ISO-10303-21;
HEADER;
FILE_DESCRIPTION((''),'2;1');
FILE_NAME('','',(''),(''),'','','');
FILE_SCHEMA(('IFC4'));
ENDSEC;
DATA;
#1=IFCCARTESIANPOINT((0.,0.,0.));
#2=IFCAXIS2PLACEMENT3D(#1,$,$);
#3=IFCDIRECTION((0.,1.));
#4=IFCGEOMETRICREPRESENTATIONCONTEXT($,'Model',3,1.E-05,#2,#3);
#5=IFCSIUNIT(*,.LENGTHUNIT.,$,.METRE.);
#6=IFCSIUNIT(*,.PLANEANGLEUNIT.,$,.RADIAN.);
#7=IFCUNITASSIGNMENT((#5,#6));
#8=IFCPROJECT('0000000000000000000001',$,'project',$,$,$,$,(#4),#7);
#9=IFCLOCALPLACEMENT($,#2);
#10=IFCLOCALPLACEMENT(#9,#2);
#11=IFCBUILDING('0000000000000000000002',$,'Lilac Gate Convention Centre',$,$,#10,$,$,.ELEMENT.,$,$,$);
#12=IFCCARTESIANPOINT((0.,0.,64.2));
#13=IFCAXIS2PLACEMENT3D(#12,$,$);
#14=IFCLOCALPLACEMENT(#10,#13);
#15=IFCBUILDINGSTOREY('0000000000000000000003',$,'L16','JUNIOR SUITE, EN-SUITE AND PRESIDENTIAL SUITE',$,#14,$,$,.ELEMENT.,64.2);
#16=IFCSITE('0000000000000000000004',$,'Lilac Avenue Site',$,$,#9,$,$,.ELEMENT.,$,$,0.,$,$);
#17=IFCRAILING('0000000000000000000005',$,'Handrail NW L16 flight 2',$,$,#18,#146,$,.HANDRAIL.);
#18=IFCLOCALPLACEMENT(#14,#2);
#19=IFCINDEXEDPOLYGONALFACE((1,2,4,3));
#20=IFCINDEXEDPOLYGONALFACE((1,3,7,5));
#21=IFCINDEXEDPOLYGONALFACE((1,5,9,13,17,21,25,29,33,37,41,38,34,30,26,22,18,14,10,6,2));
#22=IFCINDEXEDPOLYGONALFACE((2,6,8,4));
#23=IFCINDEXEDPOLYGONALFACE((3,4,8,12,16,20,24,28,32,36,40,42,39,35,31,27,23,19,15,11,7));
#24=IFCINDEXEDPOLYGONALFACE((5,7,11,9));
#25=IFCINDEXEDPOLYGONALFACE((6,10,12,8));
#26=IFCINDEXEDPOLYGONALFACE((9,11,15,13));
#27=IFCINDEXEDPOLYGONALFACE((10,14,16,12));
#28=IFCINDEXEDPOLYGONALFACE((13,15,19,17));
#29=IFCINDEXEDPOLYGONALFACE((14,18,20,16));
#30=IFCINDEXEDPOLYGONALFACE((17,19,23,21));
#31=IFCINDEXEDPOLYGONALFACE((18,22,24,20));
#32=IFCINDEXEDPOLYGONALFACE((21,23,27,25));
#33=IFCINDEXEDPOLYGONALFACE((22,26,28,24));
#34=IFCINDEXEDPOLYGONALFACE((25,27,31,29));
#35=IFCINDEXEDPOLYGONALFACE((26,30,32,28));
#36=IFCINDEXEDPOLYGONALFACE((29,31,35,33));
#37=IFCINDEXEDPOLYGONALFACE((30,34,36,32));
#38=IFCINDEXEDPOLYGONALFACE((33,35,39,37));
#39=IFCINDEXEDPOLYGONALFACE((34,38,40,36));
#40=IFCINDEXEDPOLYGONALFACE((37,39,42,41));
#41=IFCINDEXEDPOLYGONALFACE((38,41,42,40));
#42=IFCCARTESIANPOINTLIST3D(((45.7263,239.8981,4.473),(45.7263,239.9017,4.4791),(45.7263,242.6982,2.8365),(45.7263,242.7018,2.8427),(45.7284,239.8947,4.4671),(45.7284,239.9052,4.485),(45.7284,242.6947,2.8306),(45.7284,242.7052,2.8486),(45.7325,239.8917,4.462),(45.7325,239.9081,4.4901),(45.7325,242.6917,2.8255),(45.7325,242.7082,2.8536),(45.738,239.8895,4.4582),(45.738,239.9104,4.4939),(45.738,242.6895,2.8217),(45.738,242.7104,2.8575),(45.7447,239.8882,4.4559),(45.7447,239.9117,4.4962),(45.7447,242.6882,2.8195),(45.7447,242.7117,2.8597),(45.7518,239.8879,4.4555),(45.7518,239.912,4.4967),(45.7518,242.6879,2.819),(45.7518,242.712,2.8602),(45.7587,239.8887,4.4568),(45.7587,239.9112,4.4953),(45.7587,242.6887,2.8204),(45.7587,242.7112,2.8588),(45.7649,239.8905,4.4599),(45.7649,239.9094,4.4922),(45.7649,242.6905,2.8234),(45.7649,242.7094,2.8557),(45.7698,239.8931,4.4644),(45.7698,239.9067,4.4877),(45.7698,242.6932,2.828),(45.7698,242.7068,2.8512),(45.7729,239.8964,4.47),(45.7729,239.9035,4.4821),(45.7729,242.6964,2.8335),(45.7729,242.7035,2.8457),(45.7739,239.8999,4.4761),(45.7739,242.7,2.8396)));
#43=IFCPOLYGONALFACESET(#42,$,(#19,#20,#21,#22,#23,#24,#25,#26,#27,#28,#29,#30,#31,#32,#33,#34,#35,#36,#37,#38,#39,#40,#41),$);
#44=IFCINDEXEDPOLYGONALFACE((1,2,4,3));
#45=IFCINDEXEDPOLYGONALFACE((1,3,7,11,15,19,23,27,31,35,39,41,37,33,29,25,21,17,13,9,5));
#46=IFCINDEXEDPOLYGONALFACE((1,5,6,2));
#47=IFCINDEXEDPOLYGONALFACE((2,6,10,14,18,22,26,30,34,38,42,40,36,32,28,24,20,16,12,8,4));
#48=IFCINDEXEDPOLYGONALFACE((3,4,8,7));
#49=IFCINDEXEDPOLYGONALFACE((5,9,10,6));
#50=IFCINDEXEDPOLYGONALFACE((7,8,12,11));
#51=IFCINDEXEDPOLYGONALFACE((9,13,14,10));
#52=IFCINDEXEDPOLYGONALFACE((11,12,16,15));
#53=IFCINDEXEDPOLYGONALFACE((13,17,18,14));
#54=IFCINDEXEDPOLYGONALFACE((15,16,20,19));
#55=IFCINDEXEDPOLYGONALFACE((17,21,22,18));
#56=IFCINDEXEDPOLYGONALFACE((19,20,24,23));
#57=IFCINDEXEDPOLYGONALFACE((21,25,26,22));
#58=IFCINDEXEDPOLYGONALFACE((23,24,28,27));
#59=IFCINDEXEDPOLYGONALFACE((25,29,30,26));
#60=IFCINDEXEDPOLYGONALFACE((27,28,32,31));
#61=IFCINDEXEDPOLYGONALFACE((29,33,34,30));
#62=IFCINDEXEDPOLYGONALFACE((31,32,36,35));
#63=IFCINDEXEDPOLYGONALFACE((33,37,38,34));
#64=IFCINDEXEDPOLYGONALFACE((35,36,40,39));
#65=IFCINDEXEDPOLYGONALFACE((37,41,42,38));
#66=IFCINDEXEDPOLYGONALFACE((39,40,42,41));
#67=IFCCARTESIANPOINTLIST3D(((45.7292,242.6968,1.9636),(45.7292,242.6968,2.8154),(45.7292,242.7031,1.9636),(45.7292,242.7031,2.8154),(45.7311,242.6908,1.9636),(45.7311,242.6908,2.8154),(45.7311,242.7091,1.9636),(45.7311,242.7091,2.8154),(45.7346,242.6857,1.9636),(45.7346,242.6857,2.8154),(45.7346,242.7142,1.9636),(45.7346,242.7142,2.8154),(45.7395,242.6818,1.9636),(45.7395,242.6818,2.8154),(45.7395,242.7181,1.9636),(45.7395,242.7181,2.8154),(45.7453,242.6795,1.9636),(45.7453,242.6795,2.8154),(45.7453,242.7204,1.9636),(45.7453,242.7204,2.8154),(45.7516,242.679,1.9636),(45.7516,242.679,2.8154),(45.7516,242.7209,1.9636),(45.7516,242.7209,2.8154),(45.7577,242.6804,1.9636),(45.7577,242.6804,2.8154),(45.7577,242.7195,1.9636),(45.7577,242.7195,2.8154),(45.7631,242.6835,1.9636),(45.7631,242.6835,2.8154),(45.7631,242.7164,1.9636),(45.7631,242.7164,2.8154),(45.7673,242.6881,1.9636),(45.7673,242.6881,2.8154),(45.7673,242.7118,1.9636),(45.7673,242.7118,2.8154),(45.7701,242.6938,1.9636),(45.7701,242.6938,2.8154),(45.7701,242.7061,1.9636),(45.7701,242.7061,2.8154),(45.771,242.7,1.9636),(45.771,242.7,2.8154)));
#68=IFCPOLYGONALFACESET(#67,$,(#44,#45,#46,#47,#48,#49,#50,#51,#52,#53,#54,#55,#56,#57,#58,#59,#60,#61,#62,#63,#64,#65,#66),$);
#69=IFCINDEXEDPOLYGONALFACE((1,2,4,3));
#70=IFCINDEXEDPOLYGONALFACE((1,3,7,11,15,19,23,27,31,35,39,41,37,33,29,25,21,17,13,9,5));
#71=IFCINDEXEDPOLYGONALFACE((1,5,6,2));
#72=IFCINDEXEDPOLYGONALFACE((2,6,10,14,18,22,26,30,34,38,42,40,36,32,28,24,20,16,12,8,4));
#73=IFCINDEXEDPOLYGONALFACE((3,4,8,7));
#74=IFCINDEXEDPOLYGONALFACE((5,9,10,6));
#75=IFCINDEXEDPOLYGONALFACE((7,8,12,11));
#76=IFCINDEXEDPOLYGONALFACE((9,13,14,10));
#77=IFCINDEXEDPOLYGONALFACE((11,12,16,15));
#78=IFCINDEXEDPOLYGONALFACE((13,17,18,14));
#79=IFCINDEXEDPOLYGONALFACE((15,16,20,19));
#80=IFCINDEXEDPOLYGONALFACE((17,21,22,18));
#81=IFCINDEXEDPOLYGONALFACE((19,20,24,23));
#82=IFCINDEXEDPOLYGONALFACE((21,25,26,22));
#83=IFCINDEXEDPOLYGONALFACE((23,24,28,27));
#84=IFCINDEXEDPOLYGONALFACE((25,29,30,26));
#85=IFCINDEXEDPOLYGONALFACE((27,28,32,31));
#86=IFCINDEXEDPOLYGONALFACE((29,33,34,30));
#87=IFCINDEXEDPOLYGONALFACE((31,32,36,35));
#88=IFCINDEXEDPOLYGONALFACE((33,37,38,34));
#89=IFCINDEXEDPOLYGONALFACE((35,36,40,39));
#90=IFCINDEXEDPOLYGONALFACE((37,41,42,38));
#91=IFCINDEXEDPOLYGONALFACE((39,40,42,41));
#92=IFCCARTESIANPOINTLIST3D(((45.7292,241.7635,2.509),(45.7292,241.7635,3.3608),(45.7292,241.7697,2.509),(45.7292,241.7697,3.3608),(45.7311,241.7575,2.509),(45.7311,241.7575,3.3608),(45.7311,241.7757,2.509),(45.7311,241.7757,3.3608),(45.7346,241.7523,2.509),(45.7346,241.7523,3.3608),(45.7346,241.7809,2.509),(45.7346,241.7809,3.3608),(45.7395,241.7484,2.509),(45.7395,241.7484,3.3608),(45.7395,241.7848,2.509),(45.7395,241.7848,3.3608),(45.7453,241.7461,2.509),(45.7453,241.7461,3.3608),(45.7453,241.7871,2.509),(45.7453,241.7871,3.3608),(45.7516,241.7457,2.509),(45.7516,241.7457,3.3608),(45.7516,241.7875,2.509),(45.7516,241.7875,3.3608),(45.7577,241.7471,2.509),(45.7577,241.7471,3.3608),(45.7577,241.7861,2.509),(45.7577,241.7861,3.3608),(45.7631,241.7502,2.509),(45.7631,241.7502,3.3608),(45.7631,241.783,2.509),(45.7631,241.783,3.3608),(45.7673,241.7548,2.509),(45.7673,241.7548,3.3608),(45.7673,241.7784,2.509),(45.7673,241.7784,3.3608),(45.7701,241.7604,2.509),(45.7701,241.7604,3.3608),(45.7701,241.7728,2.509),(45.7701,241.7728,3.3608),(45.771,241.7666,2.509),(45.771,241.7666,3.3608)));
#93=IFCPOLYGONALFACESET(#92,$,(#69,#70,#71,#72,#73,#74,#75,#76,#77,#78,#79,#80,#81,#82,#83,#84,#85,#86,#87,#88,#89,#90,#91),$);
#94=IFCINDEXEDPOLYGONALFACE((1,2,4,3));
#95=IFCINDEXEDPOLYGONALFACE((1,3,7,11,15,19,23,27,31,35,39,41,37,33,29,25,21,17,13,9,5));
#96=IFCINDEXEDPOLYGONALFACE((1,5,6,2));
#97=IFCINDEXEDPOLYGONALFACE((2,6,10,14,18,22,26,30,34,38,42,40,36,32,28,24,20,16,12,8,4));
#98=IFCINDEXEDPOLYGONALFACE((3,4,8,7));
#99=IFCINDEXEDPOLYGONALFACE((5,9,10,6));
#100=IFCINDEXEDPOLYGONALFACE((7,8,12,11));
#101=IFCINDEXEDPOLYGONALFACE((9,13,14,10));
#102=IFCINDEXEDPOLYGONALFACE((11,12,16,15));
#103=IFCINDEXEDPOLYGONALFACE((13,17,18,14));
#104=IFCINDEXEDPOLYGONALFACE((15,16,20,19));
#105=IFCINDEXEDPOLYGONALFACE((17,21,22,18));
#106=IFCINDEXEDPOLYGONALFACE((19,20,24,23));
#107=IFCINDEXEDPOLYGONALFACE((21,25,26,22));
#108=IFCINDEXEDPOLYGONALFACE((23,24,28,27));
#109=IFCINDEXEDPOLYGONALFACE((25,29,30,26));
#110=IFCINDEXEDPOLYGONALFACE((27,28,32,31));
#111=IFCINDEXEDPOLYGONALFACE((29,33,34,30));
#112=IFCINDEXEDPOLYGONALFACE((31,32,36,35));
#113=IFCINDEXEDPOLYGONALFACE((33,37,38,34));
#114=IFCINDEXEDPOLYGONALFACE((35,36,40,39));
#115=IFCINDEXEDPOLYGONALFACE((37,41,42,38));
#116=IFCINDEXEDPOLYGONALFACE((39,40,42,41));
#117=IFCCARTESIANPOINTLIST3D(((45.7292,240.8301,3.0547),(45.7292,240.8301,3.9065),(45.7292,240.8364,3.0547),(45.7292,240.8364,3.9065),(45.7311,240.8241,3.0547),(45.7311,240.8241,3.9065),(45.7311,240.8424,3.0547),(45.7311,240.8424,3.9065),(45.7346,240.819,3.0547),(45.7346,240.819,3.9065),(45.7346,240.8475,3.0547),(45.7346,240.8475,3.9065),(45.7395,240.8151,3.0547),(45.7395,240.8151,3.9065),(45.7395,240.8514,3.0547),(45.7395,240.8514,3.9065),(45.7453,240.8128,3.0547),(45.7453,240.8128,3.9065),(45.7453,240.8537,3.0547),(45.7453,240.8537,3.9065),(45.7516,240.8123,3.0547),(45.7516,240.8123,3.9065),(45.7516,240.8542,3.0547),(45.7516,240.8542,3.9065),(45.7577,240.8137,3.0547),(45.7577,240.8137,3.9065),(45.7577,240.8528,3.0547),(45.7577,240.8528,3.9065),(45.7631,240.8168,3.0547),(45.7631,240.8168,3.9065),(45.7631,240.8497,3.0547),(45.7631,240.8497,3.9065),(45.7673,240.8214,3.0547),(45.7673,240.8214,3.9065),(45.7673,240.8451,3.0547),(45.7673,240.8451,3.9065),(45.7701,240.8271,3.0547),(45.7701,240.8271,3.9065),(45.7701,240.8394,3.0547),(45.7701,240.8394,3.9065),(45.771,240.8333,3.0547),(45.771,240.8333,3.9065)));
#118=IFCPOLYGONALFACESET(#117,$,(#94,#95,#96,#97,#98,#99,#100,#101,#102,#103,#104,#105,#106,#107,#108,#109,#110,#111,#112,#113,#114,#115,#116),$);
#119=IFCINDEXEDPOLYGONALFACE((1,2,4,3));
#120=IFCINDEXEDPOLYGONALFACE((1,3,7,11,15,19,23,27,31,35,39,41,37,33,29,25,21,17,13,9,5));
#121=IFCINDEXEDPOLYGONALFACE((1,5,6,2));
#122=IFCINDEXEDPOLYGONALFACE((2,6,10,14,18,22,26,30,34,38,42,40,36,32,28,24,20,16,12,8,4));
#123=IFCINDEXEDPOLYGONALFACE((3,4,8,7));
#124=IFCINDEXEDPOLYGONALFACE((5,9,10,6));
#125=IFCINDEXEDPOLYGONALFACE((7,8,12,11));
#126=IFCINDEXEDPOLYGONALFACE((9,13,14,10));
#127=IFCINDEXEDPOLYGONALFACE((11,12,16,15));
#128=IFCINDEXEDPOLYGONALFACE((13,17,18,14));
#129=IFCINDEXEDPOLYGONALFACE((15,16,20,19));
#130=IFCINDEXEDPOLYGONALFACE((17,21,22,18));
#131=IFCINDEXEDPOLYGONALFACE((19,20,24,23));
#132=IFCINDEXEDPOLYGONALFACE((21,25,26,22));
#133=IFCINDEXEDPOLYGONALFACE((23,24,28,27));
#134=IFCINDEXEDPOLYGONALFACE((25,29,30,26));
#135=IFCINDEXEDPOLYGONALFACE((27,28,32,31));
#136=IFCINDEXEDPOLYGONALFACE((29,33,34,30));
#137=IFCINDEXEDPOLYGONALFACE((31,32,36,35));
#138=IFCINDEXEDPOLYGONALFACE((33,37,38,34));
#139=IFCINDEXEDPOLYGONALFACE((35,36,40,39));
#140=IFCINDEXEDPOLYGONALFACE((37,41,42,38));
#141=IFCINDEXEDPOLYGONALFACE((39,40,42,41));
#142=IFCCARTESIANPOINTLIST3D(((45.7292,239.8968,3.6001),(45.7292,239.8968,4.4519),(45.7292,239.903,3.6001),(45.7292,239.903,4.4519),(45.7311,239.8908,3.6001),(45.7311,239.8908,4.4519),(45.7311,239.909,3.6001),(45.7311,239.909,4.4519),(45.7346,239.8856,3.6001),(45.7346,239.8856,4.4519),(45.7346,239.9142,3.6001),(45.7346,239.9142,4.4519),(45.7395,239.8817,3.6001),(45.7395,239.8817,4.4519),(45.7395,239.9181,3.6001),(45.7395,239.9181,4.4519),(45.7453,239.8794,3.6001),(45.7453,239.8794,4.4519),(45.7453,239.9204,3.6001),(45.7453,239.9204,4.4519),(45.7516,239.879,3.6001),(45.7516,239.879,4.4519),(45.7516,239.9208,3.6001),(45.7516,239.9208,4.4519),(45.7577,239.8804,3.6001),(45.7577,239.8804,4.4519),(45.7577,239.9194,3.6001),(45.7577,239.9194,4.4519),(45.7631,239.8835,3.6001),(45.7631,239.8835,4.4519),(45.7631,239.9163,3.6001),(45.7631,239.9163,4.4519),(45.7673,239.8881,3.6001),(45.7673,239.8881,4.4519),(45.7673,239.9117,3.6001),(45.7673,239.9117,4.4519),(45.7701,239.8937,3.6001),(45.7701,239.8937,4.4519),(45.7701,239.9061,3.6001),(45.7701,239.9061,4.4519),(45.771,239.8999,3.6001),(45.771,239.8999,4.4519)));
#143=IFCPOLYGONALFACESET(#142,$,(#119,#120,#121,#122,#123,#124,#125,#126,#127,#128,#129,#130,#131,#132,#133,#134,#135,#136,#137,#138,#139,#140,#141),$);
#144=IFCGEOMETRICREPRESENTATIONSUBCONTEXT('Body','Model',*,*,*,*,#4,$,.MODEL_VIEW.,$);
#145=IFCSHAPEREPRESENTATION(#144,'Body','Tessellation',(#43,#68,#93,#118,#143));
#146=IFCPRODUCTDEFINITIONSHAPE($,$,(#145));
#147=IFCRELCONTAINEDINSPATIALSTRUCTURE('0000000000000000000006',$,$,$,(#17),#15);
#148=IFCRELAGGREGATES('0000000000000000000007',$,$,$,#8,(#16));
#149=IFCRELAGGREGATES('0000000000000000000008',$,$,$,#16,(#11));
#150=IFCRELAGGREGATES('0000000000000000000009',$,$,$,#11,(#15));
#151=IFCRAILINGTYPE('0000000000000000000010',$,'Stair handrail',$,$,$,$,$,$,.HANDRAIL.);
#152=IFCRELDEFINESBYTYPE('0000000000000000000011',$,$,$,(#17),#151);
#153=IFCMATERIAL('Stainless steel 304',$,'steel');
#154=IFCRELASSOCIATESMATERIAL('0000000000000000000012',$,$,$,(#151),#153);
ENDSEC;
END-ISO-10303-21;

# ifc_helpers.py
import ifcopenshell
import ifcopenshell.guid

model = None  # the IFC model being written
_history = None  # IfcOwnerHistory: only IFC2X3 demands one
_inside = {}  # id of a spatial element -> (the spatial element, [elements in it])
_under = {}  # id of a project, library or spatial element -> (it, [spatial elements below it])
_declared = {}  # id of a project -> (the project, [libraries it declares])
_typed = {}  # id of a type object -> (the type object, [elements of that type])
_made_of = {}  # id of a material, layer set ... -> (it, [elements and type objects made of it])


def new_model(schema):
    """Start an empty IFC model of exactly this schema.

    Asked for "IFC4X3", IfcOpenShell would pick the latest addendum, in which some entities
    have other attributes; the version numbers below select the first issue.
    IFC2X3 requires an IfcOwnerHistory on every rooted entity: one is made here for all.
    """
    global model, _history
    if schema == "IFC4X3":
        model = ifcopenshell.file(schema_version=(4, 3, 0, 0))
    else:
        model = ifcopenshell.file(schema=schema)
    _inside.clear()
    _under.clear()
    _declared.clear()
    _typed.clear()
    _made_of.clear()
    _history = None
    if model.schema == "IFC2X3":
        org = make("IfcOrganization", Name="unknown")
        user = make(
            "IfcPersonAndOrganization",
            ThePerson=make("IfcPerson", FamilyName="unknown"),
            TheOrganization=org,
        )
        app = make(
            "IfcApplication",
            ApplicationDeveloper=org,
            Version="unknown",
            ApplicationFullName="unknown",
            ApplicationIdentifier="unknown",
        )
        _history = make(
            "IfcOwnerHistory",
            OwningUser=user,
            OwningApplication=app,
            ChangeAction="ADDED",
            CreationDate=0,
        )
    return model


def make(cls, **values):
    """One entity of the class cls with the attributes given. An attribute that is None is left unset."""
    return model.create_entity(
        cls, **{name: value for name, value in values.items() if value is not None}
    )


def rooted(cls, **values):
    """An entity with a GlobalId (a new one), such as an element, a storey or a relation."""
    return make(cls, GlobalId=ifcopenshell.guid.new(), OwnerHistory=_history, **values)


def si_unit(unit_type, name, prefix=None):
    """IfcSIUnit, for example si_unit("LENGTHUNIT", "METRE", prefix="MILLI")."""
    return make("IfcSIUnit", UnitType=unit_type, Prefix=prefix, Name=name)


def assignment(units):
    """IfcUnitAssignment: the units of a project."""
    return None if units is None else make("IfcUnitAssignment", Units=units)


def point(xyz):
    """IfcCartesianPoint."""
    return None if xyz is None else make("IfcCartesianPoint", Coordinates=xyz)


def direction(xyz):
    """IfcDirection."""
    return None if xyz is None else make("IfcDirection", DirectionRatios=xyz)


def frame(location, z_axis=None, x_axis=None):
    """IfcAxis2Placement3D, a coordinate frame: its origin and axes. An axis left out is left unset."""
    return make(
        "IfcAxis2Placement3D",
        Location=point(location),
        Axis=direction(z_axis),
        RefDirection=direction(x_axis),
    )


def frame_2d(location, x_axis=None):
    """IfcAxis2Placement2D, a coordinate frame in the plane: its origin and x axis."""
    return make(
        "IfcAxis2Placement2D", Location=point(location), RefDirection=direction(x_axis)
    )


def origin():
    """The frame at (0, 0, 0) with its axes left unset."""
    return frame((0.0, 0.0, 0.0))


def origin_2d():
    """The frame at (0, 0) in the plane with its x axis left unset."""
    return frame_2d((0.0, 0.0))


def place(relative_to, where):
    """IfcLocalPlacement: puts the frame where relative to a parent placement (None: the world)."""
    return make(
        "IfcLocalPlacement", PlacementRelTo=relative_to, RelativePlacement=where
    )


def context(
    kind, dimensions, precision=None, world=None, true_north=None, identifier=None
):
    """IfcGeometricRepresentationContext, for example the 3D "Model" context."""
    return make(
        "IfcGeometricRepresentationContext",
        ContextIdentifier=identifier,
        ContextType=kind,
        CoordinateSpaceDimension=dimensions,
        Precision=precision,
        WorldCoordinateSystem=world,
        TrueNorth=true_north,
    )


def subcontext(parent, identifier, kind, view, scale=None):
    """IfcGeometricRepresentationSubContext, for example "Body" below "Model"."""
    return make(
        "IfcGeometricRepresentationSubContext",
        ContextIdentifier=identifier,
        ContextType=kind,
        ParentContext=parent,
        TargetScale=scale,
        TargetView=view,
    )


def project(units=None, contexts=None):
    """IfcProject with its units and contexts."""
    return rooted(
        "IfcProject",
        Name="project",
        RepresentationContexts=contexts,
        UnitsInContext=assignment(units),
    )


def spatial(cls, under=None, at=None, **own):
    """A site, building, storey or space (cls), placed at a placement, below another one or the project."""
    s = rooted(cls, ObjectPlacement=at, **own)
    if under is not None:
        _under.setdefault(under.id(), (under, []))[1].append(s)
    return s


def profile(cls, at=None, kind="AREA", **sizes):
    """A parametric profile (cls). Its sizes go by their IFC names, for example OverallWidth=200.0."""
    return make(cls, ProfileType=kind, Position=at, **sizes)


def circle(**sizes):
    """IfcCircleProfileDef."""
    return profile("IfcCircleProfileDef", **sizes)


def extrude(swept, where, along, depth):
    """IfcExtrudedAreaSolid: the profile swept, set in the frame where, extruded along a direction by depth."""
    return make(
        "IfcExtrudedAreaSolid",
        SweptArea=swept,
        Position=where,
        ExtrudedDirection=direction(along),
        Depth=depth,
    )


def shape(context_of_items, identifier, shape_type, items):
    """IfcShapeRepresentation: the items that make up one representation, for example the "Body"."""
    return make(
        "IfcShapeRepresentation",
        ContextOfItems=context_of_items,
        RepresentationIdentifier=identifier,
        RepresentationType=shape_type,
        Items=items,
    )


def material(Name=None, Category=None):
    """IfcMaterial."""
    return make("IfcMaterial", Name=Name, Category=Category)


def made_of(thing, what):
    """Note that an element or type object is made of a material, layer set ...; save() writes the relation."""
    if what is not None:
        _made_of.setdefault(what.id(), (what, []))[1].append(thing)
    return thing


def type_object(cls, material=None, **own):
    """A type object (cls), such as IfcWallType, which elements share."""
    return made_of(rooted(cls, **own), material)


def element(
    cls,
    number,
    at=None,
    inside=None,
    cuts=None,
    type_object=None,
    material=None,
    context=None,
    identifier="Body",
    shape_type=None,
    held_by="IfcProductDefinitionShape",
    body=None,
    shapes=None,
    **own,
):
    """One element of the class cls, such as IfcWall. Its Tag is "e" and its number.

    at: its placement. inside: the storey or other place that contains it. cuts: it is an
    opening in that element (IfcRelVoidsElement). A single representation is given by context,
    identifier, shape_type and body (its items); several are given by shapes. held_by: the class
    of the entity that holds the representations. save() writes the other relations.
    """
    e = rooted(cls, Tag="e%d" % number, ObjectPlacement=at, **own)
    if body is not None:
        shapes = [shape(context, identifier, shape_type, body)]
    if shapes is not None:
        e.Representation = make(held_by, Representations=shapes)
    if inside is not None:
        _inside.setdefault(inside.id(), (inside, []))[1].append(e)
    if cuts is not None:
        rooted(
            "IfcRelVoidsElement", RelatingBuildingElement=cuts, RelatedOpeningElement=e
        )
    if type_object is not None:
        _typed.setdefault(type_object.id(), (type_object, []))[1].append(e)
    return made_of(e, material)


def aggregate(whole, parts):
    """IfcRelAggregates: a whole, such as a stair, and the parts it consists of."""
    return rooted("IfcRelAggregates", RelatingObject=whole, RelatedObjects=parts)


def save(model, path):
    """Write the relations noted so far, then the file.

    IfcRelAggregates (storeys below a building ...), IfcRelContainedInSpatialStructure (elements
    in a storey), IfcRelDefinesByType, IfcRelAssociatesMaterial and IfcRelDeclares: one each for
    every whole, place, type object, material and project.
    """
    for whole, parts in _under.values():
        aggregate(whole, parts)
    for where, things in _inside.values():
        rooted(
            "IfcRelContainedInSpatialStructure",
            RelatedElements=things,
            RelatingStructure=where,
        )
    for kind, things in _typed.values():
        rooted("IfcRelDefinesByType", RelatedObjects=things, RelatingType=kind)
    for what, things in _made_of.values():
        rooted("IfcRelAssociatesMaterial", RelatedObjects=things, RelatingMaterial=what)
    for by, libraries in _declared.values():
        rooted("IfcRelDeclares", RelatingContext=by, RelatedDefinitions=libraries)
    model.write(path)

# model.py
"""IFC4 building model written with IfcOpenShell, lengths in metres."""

from ifc_helpers import new_model, si_unit, direction, frame, origin, origin_2d, place, context, subcontext, project, spatial, circle, extrude, material, type_object, element, save


model = new_model("IFC4")

# Units and contexts
model_context = context("Model", 3, precision=1e-05, world=origin(), true_north=direction((0.0, 1.0)))
body_context = subcontext(model_context, "Body", "Model", "MODEL_VIEW")
ifc_project = project(units=[si_unit("LENGTHUNIT", "METRE"), si_unit("PLANEANGLEUNIT", "RADIAN")], contexts=[model_context])

# Site, building, storey
site_placement = place(None, origin())
site = spatial("IfcSite", under=ifc_project, at=site_placement, Name="Lilac Avenue Site", CompositionType="ELEMENT", RefElevation=0.0)
building_placement = place(site_placement, origin())
building = spatial("IfcBuilding", under=site, at=building_placement, Name="Lilac Gate Convention Centre", CompositionType="ELEMENT")
storey_placement = place(building_placement, frame((0.0, 0.0, 64.2)))
storey = spatial("IfcBuildingStorey", under=building, at=storey_placement, Name="L16", Description="JUNIOR SUITE, EN-SUITE AND PRESIDENTIAL SUITE", CompositionType="ELEMENT", Elevation=64.2)

# Railing
ifc_material_1 = material(Name="Stainless steel 304", Category="steel")
railing_type = type_object("IfcRailingType", Name="Stair handrail", PredefinedType="HANDRAIL", material=ifc_material_1)
for number, where, name in (
    (1, (45.75, 242.7, 1.9636), "Handrail NW L16 flight 2"),
):
    element("IfcRailing", number, at=place(storey_placement, frame(where)), inside=storey, type_object=railing_type, Name=name, PredefinedType="HANDRAIL", context=body_context, shape_type="SweptSolid", body=[
        extrude(circle(Radius=0.0239, at=origin_2d()), frame((0.0, 0.0, 0.876), z_axis=(0.0, -0.863361, 0.504587), x_axis=(1.0, 0.0, 0.0)), (0.0, 0.0, 1.0), 3.2432),
        extrude(circle(Radius=0.021, at=origin_2d()), origin(), (0.0, 0.0, 1.0), 0.8518),
        extrude(circle(Radius=0.021, at=origin_2d()), frame((0.0, -0.9333, 0.5454)), (0.0, 0.0, 1.0), 0.8518),
        extrude(circle(Radius=0.021, at=origin_2d()), frame((0.0, -1.8667, 1.0911)), (0.0, 0.0, 1.0), 0.8518),
        extrude(circle(Radius=0.021, at=origin_2d()), frame((0.0, -2.8, 1.6365)), (0.0, 0.0, 1.0), 0.8518),
    ])

save(model, "model.ifc")
